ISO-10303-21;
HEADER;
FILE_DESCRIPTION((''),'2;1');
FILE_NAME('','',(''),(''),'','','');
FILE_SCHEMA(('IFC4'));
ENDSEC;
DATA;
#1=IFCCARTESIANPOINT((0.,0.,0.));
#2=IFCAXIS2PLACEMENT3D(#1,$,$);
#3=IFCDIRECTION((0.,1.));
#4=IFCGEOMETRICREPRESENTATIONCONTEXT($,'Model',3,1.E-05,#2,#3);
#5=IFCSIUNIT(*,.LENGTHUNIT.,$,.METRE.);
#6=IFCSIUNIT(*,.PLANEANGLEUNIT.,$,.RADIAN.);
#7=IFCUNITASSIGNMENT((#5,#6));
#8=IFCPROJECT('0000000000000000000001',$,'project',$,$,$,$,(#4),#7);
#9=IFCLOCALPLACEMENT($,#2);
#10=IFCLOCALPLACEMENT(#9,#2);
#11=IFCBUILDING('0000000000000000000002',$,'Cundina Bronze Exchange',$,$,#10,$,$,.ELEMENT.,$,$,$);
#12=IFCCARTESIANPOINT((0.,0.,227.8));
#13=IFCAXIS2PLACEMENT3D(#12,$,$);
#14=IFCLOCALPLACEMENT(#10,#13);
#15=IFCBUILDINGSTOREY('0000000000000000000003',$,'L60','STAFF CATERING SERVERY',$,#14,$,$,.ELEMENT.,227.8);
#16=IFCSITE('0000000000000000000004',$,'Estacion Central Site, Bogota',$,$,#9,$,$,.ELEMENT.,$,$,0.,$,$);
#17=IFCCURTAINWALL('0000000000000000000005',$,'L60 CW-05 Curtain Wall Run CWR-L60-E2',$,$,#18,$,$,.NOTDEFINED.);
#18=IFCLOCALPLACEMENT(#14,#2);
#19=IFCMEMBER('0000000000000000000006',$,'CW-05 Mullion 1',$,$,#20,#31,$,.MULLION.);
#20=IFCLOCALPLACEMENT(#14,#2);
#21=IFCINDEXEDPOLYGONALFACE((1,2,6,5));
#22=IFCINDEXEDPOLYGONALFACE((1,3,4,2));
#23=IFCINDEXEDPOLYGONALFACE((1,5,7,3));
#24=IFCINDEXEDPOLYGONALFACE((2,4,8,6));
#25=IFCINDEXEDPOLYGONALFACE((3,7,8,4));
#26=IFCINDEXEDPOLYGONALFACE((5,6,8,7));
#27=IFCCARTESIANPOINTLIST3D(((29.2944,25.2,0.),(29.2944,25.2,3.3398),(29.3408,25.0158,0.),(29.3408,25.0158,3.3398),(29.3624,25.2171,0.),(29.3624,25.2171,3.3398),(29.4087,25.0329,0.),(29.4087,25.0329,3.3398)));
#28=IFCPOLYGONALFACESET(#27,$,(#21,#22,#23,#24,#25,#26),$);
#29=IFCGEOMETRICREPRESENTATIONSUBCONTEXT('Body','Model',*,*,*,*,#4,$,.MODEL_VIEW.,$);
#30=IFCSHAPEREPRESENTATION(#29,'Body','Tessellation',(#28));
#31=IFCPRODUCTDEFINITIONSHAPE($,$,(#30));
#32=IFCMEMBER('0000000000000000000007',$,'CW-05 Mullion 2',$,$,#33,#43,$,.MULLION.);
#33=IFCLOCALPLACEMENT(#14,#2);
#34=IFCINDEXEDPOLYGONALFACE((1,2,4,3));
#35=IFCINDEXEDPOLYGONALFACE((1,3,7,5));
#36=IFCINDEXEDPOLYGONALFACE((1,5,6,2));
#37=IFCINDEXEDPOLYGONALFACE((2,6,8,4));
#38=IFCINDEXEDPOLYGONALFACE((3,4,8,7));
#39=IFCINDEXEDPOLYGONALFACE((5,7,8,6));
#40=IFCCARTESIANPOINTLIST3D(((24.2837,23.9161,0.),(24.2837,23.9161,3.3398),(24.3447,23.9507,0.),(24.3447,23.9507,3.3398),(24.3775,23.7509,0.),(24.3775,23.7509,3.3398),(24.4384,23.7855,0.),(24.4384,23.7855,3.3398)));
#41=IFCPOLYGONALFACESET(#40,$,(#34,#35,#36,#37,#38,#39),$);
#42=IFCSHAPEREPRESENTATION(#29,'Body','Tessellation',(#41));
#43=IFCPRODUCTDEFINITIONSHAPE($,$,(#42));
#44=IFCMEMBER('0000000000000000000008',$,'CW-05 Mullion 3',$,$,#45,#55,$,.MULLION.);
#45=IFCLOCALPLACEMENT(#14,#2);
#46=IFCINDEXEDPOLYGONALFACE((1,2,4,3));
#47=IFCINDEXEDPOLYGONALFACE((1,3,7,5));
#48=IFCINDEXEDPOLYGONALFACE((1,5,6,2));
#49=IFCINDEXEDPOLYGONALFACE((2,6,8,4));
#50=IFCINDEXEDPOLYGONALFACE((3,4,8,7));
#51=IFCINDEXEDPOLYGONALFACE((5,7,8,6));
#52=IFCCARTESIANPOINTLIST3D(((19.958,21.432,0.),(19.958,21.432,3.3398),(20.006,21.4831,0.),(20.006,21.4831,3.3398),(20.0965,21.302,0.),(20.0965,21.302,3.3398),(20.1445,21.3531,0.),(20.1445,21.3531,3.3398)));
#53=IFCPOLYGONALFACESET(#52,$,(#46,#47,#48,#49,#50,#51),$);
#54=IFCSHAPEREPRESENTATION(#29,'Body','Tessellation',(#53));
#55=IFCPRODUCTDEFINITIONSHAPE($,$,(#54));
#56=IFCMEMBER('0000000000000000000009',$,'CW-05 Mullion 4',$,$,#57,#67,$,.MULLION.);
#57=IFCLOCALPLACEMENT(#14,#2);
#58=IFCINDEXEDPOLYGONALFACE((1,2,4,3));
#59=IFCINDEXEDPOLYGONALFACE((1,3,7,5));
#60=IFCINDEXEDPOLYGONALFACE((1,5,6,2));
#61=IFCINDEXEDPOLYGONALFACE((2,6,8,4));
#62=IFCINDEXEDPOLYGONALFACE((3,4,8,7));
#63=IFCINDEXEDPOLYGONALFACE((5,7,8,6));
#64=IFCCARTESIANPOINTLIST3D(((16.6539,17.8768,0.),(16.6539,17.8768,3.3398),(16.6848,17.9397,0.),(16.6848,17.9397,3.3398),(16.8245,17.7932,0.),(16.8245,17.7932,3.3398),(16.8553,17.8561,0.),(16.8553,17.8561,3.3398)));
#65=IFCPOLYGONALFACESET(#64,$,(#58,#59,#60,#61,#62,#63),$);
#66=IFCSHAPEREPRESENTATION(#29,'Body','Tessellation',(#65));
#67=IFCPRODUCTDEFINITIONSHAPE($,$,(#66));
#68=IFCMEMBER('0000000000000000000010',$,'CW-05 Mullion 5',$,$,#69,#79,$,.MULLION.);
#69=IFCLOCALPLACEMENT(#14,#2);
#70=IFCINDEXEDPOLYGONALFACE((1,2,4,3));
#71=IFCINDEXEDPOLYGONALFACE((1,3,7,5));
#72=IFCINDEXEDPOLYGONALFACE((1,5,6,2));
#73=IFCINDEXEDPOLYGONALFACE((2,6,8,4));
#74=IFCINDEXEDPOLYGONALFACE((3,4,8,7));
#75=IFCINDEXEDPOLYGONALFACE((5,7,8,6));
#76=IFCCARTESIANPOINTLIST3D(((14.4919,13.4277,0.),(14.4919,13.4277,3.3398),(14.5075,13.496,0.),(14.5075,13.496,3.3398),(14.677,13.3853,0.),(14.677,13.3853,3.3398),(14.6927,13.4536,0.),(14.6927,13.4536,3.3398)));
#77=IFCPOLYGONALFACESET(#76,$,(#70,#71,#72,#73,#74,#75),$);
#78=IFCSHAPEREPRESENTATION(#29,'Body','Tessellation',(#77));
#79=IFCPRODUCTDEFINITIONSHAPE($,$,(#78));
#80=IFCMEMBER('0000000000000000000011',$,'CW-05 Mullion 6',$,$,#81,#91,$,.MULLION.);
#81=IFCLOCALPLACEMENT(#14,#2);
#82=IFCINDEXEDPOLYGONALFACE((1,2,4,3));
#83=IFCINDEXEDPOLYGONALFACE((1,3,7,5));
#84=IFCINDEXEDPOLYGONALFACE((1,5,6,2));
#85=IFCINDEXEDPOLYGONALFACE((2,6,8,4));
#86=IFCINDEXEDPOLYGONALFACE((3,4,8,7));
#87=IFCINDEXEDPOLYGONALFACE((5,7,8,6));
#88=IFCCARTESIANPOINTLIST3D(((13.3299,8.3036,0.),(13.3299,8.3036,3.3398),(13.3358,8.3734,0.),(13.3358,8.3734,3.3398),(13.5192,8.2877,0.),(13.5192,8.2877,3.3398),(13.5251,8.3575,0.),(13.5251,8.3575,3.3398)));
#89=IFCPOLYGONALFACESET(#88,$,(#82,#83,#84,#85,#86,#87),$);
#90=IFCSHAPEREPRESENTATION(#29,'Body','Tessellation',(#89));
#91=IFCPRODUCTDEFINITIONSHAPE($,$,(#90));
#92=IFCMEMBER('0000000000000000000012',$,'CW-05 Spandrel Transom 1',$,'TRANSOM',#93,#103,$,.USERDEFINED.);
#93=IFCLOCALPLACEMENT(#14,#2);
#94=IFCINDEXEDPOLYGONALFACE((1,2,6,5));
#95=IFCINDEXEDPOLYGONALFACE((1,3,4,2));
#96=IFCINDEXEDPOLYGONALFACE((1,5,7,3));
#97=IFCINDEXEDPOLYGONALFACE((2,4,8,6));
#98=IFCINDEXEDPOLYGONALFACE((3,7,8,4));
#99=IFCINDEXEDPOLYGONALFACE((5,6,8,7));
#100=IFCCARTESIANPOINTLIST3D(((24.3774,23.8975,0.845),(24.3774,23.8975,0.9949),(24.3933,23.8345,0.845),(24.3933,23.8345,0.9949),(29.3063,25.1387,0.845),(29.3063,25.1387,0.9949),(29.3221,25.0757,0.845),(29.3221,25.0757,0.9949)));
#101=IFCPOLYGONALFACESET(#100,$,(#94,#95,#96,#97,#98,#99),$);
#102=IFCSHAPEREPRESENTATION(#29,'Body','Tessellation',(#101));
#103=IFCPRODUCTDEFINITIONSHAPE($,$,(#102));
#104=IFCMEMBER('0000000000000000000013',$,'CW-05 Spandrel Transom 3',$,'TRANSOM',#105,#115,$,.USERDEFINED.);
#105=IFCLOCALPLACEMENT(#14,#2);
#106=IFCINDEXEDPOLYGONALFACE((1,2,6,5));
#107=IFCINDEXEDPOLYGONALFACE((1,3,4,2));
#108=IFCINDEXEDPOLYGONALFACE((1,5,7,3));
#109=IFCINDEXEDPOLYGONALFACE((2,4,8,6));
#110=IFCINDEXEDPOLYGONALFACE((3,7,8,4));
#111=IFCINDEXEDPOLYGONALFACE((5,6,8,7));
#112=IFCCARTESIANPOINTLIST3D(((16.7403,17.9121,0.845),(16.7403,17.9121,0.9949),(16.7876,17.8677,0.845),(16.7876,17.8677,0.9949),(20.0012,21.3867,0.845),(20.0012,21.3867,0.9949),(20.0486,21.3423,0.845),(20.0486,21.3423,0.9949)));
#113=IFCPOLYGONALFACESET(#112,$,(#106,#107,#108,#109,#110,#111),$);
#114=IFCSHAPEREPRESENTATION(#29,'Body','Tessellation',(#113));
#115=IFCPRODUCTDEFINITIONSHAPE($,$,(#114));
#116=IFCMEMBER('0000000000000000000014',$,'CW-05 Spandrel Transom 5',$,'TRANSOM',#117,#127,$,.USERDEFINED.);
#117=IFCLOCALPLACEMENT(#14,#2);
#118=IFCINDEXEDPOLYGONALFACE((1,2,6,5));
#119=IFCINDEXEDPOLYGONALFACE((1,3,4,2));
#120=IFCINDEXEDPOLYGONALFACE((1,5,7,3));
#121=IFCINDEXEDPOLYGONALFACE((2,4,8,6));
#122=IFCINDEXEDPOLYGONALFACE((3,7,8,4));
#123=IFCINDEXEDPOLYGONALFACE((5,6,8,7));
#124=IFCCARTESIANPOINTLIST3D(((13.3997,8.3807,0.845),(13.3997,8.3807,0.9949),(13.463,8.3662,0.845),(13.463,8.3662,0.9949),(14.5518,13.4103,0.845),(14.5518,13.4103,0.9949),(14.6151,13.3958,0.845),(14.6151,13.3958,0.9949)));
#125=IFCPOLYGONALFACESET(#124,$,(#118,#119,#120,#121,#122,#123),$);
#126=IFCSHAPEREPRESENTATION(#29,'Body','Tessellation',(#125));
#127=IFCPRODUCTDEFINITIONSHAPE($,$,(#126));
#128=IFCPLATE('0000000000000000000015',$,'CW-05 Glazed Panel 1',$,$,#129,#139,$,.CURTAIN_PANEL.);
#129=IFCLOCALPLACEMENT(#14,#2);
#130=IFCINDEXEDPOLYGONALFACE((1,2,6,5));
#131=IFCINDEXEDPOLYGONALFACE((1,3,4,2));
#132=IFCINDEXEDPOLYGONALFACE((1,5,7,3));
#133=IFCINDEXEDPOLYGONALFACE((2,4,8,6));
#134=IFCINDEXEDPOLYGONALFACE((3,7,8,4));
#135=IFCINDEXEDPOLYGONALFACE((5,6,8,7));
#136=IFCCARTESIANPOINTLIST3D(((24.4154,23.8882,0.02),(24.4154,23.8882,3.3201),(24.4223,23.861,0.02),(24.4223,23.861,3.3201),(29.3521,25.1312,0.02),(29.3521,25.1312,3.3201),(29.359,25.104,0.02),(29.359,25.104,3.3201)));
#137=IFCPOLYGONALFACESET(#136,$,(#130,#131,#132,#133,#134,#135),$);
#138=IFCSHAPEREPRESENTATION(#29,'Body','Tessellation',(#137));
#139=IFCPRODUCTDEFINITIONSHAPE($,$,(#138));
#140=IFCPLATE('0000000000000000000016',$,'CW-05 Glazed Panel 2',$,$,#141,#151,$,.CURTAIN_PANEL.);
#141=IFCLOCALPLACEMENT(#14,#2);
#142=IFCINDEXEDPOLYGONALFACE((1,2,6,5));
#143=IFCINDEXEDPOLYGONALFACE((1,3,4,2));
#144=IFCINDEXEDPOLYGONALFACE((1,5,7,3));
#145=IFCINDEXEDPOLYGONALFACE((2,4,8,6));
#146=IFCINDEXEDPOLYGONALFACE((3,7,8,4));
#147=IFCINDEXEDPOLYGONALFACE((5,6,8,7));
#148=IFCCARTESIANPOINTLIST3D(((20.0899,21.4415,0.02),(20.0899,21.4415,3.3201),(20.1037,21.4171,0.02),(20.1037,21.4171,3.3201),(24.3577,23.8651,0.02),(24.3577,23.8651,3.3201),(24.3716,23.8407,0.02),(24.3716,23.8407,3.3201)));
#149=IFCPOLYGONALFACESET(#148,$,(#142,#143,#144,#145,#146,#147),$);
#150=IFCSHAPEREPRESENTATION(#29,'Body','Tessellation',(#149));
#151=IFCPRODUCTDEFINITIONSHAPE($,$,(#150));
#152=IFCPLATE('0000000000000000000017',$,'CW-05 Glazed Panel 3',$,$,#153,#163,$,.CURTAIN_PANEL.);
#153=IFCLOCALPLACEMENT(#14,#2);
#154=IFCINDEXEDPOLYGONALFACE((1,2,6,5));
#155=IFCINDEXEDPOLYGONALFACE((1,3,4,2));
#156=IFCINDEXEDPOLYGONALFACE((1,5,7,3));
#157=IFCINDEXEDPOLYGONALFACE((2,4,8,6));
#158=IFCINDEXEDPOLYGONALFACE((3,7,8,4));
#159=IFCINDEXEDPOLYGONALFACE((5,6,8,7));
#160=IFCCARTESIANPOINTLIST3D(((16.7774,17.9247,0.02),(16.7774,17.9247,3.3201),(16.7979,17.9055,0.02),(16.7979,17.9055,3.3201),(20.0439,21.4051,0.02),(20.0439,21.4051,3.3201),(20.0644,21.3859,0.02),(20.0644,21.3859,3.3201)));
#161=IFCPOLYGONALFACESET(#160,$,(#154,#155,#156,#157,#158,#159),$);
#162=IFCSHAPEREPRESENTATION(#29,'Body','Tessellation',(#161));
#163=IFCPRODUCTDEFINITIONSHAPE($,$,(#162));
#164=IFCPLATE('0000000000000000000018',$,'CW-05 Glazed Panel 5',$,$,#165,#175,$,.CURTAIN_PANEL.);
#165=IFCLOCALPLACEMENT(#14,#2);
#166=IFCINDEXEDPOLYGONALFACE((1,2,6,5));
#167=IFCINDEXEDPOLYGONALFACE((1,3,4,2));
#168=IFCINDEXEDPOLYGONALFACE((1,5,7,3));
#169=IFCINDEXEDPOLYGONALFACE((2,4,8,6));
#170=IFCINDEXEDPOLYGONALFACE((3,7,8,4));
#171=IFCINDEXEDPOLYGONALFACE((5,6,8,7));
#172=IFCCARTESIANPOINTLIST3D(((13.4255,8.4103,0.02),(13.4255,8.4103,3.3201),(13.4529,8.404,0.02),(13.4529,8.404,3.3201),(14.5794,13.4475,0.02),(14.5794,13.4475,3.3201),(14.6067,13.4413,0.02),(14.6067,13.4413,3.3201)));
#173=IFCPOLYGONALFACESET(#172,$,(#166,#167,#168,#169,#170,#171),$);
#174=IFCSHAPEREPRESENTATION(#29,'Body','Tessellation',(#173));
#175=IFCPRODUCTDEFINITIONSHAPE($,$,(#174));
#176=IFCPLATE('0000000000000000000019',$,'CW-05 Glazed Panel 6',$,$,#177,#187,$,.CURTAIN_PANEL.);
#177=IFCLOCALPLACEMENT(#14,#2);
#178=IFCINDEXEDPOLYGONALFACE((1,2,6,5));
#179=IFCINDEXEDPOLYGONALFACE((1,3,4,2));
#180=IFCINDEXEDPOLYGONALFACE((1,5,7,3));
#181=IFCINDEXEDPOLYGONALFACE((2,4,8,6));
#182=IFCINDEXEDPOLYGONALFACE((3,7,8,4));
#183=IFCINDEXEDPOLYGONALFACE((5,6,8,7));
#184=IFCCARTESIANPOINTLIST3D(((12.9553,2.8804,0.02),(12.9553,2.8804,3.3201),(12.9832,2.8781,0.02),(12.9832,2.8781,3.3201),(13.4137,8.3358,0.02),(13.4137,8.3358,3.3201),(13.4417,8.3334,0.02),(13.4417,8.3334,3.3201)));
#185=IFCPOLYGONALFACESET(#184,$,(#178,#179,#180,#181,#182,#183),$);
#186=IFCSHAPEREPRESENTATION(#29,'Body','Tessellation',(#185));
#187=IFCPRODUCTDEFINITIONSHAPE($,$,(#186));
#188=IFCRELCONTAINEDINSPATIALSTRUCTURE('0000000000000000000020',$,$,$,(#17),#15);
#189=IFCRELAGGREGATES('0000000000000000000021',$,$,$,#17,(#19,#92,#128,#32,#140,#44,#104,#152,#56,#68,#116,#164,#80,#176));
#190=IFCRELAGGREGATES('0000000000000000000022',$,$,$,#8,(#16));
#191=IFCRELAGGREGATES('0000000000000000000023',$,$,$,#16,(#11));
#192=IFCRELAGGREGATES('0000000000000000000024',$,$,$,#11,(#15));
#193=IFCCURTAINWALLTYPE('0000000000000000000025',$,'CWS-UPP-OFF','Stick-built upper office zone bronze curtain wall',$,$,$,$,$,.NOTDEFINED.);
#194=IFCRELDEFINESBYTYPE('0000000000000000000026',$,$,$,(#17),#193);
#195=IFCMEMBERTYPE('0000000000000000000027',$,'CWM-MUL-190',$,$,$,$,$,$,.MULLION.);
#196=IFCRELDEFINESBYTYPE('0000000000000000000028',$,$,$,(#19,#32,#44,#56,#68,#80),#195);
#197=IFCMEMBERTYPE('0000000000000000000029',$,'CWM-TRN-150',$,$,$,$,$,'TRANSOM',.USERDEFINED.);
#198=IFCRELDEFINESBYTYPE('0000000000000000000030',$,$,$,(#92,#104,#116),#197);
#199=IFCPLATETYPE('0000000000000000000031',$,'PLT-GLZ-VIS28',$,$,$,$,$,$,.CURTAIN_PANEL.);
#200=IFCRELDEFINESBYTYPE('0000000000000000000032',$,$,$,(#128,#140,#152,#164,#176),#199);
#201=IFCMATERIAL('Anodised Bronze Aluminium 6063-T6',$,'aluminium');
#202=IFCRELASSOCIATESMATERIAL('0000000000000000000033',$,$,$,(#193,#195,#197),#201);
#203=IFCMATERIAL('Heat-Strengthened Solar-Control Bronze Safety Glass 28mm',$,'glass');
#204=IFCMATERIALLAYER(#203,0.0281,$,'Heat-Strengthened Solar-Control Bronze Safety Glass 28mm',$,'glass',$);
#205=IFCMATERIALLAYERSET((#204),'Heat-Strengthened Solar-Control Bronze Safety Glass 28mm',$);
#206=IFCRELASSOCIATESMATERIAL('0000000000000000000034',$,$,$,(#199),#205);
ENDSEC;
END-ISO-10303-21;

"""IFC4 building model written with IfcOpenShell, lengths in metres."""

from ifc_helpers import new_model, si_unit, direction, frame, origin, origin_2d, place, context, subcontext, project, spatial, rectangle, extrude, material, layer, layer_set, material_profile, profile_set, type_object, element, aggregate, save


model = new_model("IFC4")

# Units and contexts
model_context = context("Model", 3, precision=1e-05, world=origin(), true_north=direction((0.0, 1.0)))
body_context = subcontext(model_context, "Body", "Model", "MODEL_VIEW")
ifc_project = project(units=[si_unit("LENGTHUNIT", "METRE"), si_unit("PLANEANGLEUNIT", "RADIAN")], contexts=[model_context])

# Site, building, storey
site_placement = place(None, origin())
site = spatial("IfcSite", under=ifc_project, at=site_placement, Name="Estacion Central Site, Bogota", CompositionType="ELEMENT", RefElevation=0.0)
building_placement = place(site_placement, origin())
building = spatial("IfcBuilding", under=site, at=building_placement, Name="Cundina Bronze Exchange", CompositionType="ELEMENT")
storey_placement = place(building_placement, frame((0.0, 0.0, 227.8)))
storey = spatial("IfcBuildingStorey", under=building, at=storey_placement, Name="L60", Description="STAFF CATERING SERVERY", CompositionType="ELEMENT", Elevation=227.8)

# Shared definitions
ifc_material_1 = material(Name="Anodised Bronze Aluminium 6063-T6", Category="aluminium")
curtain_wall_type = type_object("IfcCurtainWallType", Name="CWS-UPP-OFF", Description="Stick-built upper office zone bronze curtain wall", PredefinedType="NOTDEFINED", material=ifc_material_1)
ifc_material_profile_1 = material_profile(ifc_material_1, rectangle(XDim=0.0701, YDim=0.1899, at=origin_2d()), Name="AL70X190", Category="aluminium")
ifc_profile_set_1 = profile_set([ifc_material_profile_1], Name="Anodised Bronze Aluminium 6063-T6")
member_type_1 = type_object("IfcMemberType", Name="CWM-MUL-190", PredefinedType="MULLION", material=ifc_profile_set_1)

# Curtain wall, members, plates
curtain_wall_1_placement = place(storey_placement, origin())
curtain_wall_1 = element("IfcCurtainWall", 1, at=curtain_wall_1_placement, inside=storey, type_object=curtain_wall_type, Name="L60 CW-05 Curtain Wall Run CWR-L60-E2", PredefinedType="NOTDEFINED")
member_1_placement = place(storey_placement, frame((29.3516, 25.1165, 0.0), z_axis=(0.0, 0.0, 1.0), x_axis=(-0.969744, -0.244123, 0.0)))
member_1 = element("IfcMember", 2, at=member_1_placement, type_object=member_type_1, Name="CW-05 Mullion 1", PredefinedType="MULLION", context=body_context, shape_type="SweptSolid", body=[
    extrude(rectangle(XDim=0.0701, YDim=0.1899, at=origin_2d()), origin(), (0.0, 0.0, 1.0), 3.3398),
])
member_2_placement = place(storey_placement, frame((24.3611, 23.8508, 0.0), z_axis=(0.0, 0.0, 1.0), x_axis=(-0.869581, -0.49379, 0.0)))
member_2 = element("IfcMember", 3, at=member_2_placement, type_object=member_type_1, Name="CW-05 Mullion 2", PredefinedType="MULLION", context=body_context, shape_type="SweptSolid", body=[
    extrude(rectangle(XDim=0.0701, YDim=0.1899, at=origin_2d()), origin(), (0.0, 0.0, 1.0), 3.3398),
])
member_3_placement = place(storey_placement, frame((20.0513, 21.3926, 0.0), z_axis=(0.0, 0.0, 1.0), x_axis=(-0.684293, -0.729208, 0.0)))
member_3 = element("IfcMember", 4, at=member_3_placement, type_object=member_type_1, Name="CW-05 Mullion 3", PredefinedType="MULLION", context=body_context, shape_type="SweptSolid", body=[
    extrude(rectangle(XDim=0.0701, YDim=0.1899, at=origin_2d()), origin(), (0.0, 0.0, 1.0), 3.3398),
])
member_4_placement = place(storey_placement, frame((16.7546, 17.8665, 0.0), z_axis=(0.0, 0.0, 1.0), x_axis=(-0.440566, -0.89772, 0.0)))
member_4 = element("IfcMember", 5, at=member_4_placement, type_object=member_type_1, Name="CW-05 Mullion 4", PredefinedType="MULLION", context=body_context, shape_type="SweptSolid", body=[
    extrude(rectangle(XDim=0.0701, YDim=0.1899, at=origin_2d()), origin(), (0.0, 0.0, 1.0), 3.3398),
])
member_5_placement = place(storey_placement, frame((14.5923, 13.4407, 0.0), z_axis=(0.0, 0.0, 1.0), x_axis=(-0.22325, -0.974761, 0.0)))
member_5 = element("IfcMember", 6, at=member_5_placement, type_object=member_type_1, Name="CW-05 Mullion 5", PredefinedType="MULLION", context=body_context, shape_type="SweptSolid", body=[
    extrude(rectangle(XDim=0.0701, YDim=0.1899, at=origin_2d()), origin(), (0.0, 0.0, 1.0), 3.3398),
])
member_6_placement = place(storey_placement, frame((13.4275, 8.3306, 0.0), z_axis=(0.0, 0.0, 1.0), x_axis=(-0.083678, -0.996493, 0.0)))
member_6 = element("IfcMember", 7, at=member_6_placement, type_object=member_type_1, Name="CW-05 Mullion 6", PredefinedType="MULLION", context=body_context, shape_type="SweptSolid", body=[
    extrude(rectangle(XDim=0.0701, YDim=0.1899, at=origin_2d()), origin(), (0.0, 0.0, 1.0), 3.3398),
])
ifc_material_profile_2 = material_profile(ifc_material_1, rectangle(XDim=0.0649, YDim=0.1499, at=origin_2d()), Name="AL65X150", Category="aluminium")
ifc_profile_set_2 = profile_set([ifc_material_profile_2], Name="Anodised Bronze Aluminium 6063-T6")
member_type_2 = type_object("IfcMemberType", Name="CWM-TRN-150", ElementType="TRANSOM", PredefinedType="USERDEFINED", material=ifc_profile_set_2)
member_7_placement = place(storey_placement, frame((29.3142, 25.1072, 0.9199), z_axis=(-0.969726, -0.244197, 0.0), x_axis=(0.244197, -0.969726, 0.0)))
member_7 = element("IfcMember", 8, at=member_7_placement, type_object=member_type_2, Name="CW-05 Spandrel Transom 1", ObjectType="TRANSOM", PredefinedType="USERDEFINED", context=body_context, shape_type="SweptSolid", body=[
    extrude(rectangle(XDim=0.0649, YDim=0.1499, at=origin_2d()), origin(), (0.0, 0.0, 1.0), 5.0828),
])
member_8_placement = place(storey_placement, frame((20.0249, 21.3645, 0.9199), z_axis=(-0.684336, -0.729166, 0.0), x_axis=(0.729166, -0.684336, 0.0)))
member_8 = element("IfcMember", 9, at=member_8_placement, type_object=member_type_2, Name="CW-05 Spandrel Transom 3", ObjectType="TRANSOM", PredefinedType="USERDEFINED", context=body_context, shape_type="SweptSolid", body=[
    extrude(rectangle(XDim=0.0649, YDim=0.1499, at=origin_2d()), origin(), (0.0, 0.0, 1.0), 4.7651),
])
member_9_placement = place(storey_placement, frame((14.5835, 13.4031, 0.9199), z_axis=(-0.223283, -0.974754, 0.0), x_axis=(0.974754, -0.223283, 0.0)))
member_9 = element("IfcMember", 10, at=member_9_placement, type_object=member_type_2, Name="CW-05 Spandrel Transom 5", ObjectType="TRANSOM", PredefinedType="USERDEFINED", context=body_context, shape_type="SweptSolid", body=[
    extrude(rectangle(XDim=0.0649, YDim=0.1499, at=origin_2d()), origin(), (0.0, 0.0, 1.0), 5.1599),
])
ifc_material_2 = material(Name="Heat-Strengthened Solar-Control Bronze Safety Glass 28mm", Category="glass")
ifc_layer_1 = layer(ifc_material_2, 0.0281, Name="Heat-Strengthened Solar-Control Bronze Safety Glass 28mm", Category="glass")
ifc_layer_set_1 = layer_set([ifc_layer_1], Name="Heat-Strengthened Solar-Control Bronze Safety Glass 28mm")
plate_type_1 = type_object("IfcPlateType", Name="PLT-GLZ-VIS28", PredefinedType="CURTAIN_PANEL", material=ifc_layer_set_1)
plate_1_placement = place(storey_placement, frame((26.8872, 24.4961, 0.02), z_axis=(0.0, 0.0, 1.0), x_axis=(-0.969732, -0.244174, 0.0)))
plate_1 = element("IfcPlate", 11, at=plate_1_placement, type_object=plate_type_1, Name="CW-05 Glazed Panel 1", PredefinedType="CURTAIN_PANEL", context=body_context, shape_type="SweptSolid", body=[
    extrude(rectangle(XDim=5.0908, YDim=0.0281, at=origin_2d()), origin(), (0.0, 0.0, 1.0), 3.3),
])
plate_2_placement = place(storey_placement, frame((22.2307, 22.6411, 0.02), z_axis=(0.0, 0.0, 1.0), x_axis=(-0.869573, -0.493805, 0.0)))
plate_2 = element("IfcPlate", 12, at=plate_2_placement, type_object=plate_type_1, Name="CW-05 Glazed Panel 2", PredefinedType="CURTAIN_PANEL", context=body_context, shape_type="SweptSolid", body=[
    extrude(rectangle(XDim=4.908, YDim=0.0281, at=origin_2d()), origin(), (0.0, 0.0, 1.0), 3.3),
])
plate_3_placement = place(storey_placement, frame((18.4209, 19.6553, 0.02), z_axis=(0.0, 0.0, 1.0), x_axis=(-0.684344, -0.72916, 0.0)))
plate_3 = element("IfcPlate", 13, at=plate_3_placement, type_object=plate_type_1, Name="CW-05 Glazed Panel 3", PredefinedType="CURTAIN_PANEL", context=body_context, shape_type="SweptSolid", body=[
    extrude(rectangle(XDim=4.7732, YDim=0.0281, at=origin_2d()), origin(), (0.0, 0.0, 1.0), 3.3),
])
plate_4_placement = place(storey_placement, frame((14.0161, 10.9258, 0.02), z_axis=(0.0, 0.0, 1.0), x_axis=(-0.223284, -0.974753, 0.0)))
plate_4 = element("IfcPlate", 14, at=plate_4_placement, type_object=plate_type_1, Name="CW-05 Glazed Panel 5", PredefinedType="CURTAIN_PANEL", context=body_context, shape_type="SweptSolid", body=[
    extrude(rectangle(XDim=5.1677, YDim=0.0281, at=origin_2d()), origin(), (0.0, 0.0, 1.0), 3.3),
])
plate_5_placement = place(storey_placement, frame((13.1985, 5.6069, 0.02), z_axis=(0.0, 0.0, 1.0), x_axis=(-0.083747, -0.996487, 0.0)))
plate_5 = element("IfcPlate", 15, at=plate_5_placement, type_object=plate_type_1, Name="CW-05 Glazed Panel 6", PredefinedType="CURTAIN_PANEL", context=body_context, shape_type="SweptSolid", body=[
    extrude(rectangle(XDim=5.4746, YDim=0.0281, at=origin_2d()), origin(), (0.0, 0.0, 1.0), 3.3),
])
aggregate(curtain_wall_1, [member_1, member_7, plate_1, member_2, plate_2, member_3, member_8, plate_3, member_4, member_5, member_9, plate_4, member_6, plate_5])

save(model, "model.ifc")
